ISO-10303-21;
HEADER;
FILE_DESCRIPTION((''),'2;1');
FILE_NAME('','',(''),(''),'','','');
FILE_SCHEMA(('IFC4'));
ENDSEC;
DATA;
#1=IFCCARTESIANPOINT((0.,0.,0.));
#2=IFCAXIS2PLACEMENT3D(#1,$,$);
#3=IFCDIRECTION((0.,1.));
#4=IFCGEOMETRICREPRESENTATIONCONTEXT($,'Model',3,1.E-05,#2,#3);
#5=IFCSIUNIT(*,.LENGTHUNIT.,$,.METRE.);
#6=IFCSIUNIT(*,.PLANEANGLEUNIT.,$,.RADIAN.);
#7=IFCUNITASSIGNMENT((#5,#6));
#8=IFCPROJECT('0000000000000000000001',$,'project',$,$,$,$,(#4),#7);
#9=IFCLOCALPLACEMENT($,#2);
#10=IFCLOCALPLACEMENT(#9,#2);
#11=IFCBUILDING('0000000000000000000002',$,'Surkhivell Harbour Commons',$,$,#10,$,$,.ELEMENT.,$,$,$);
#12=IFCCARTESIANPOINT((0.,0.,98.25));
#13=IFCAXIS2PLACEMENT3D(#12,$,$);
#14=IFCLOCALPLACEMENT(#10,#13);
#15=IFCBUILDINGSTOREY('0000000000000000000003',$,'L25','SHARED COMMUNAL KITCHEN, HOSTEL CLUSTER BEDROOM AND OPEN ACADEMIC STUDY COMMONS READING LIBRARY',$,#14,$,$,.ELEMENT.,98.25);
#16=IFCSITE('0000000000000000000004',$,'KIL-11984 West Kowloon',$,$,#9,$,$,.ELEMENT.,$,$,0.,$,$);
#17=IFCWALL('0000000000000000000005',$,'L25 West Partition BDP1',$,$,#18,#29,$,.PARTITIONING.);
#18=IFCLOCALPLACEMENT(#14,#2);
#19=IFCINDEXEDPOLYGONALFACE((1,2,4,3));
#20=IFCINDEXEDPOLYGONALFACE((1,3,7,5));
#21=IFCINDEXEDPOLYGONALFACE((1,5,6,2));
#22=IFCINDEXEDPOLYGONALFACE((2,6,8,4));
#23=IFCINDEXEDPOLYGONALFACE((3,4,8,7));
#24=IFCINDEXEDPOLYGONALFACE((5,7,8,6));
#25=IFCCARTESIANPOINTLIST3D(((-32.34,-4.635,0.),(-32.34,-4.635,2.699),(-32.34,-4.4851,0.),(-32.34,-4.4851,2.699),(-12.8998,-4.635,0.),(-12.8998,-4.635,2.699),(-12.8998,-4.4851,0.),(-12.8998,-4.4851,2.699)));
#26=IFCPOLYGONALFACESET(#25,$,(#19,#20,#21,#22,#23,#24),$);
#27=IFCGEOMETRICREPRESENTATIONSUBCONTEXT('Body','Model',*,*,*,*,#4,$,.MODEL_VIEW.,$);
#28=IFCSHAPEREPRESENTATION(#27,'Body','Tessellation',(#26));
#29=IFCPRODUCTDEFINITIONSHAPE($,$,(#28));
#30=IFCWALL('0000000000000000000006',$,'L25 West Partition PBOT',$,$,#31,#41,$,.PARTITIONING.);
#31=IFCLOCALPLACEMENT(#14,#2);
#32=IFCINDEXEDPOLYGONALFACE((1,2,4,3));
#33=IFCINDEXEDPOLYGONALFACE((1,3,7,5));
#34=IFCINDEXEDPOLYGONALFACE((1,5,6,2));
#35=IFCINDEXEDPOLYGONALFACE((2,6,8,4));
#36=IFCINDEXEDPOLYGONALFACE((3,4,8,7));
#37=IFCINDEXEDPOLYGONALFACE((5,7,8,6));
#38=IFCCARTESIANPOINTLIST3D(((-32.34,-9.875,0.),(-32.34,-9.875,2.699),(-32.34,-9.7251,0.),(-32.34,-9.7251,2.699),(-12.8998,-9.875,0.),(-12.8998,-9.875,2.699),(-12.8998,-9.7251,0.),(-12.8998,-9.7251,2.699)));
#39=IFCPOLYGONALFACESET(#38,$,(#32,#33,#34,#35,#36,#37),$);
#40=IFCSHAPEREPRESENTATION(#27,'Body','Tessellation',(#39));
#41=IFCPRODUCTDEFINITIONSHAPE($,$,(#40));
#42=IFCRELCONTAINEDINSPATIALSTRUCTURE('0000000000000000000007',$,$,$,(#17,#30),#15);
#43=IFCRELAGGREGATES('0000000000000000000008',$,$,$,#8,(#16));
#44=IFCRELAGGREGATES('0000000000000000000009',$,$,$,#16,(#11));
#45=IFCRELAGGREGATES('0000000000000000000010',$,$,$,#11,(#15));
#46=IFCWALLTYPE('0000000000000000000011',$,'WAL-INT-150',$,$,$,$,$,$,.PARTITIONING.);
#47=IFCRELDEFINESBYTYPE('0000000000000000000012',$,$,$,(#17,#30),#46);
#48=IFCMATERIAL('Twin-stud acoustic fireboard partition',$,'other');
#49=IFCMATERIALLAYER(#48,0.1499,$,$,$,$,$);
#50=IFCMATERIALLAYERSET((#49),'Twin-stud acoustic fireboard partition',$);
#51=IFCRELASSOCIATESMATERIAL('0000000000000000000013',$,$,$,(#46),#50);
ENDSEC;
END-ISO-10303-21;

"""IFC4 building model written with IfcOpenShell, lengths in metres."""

from ifc_helpers import new_model, si_unit, direction, frame, frame_2d, origin, place, context, subcontext, project, spatial, rectangle, extrude, material, layer, layer_set, type_object, element, save


model = new_model("IFC4")

# Units and contexts
model_context = context("Model", 3, precision=1e-05, world=origin(), true_north=direction((0.0, 1.0)))
body_context = subcontext(model_context, "Body", "Model", "MODEL_VIEW")
ifc_project = project(units=[si_unit("LENGTHUNIT", "METRE"), si_unit("PLANEANGLEUNIT", "RADIAN")], contexts=[model_context])

# Site, building, storey
site_placement = place(None, origin())
site = spatial("IfcSite", under=ifc_project, at=site_placement, Name="KIL-11984 West Kowloon", CompositionType="ELEMENT", RefElevation=0.0)
building_placement = place(site_placement, origin())
building = spatial("IfcBuilding", under=site, at=building_placement, Name="Surkhivell Harbour Commons", CompositionType="ELEMENT")
storey_placement = place(building_placement, frame((0.0, 0.0, 98.25)))
storey = spatial("IfcBuildingStorey", under=building, at=storey_placement, Name="L25", Description="SHARED COMMUNAL KITCHEN, HOSTEL CLUSTER BEDROOM AND OPEN ACADEMIC STUDY COMMONS READING LIBRARY", CompositionType="ELEMENT", Elevation=98.25)

# Walls
ifc_material_1 = material(Name="Twin-stud acoustic fireboard partition", Category="other")
ifc_layer_1 = layer(ifc_material_1, 0.1499)
ifc_layer_set_1 = layer_set([ifc_layer_1], Name="Twin-stud acoustic fireboard partition")
wall_type_1 = type_object("IfcWallType", Name="WAL-INT-150", PredefinedType="PARTITIONING", material=ifc_layer_set_1)
for number, where, z_axis, x_axis, name in (
    (1, (-32.3401, -4.5601, 0.0), (0.0, 0.0, 1.0), (1.0, 0.0, 0.0), "L25 West Partition BDP1"),
    (2, (-32.3401, -9.8, 0.0), (0.0, 0.0, 1.0), (1.0, 0.0, 0.0), "L25 West Partition PBOT"),
):
    element("IfcWall", number, at=place(storey_placement, frame(where, z_axis=z_axis, x_axis=x_axis)), inside=storey, type_object=wall_type_1, Name=name, PredefinedType="PARTITIONING", context=body_context, shape_type="SweptSolid", body=[
        extrude(rectangle(XDim=19.4402, YDim=0.1499, at=frame_2d((9.7202, 0.0))), origin(), (0.0, 0.0, 1.0), 2.699),
    ])

save(model, "model.ifc")
